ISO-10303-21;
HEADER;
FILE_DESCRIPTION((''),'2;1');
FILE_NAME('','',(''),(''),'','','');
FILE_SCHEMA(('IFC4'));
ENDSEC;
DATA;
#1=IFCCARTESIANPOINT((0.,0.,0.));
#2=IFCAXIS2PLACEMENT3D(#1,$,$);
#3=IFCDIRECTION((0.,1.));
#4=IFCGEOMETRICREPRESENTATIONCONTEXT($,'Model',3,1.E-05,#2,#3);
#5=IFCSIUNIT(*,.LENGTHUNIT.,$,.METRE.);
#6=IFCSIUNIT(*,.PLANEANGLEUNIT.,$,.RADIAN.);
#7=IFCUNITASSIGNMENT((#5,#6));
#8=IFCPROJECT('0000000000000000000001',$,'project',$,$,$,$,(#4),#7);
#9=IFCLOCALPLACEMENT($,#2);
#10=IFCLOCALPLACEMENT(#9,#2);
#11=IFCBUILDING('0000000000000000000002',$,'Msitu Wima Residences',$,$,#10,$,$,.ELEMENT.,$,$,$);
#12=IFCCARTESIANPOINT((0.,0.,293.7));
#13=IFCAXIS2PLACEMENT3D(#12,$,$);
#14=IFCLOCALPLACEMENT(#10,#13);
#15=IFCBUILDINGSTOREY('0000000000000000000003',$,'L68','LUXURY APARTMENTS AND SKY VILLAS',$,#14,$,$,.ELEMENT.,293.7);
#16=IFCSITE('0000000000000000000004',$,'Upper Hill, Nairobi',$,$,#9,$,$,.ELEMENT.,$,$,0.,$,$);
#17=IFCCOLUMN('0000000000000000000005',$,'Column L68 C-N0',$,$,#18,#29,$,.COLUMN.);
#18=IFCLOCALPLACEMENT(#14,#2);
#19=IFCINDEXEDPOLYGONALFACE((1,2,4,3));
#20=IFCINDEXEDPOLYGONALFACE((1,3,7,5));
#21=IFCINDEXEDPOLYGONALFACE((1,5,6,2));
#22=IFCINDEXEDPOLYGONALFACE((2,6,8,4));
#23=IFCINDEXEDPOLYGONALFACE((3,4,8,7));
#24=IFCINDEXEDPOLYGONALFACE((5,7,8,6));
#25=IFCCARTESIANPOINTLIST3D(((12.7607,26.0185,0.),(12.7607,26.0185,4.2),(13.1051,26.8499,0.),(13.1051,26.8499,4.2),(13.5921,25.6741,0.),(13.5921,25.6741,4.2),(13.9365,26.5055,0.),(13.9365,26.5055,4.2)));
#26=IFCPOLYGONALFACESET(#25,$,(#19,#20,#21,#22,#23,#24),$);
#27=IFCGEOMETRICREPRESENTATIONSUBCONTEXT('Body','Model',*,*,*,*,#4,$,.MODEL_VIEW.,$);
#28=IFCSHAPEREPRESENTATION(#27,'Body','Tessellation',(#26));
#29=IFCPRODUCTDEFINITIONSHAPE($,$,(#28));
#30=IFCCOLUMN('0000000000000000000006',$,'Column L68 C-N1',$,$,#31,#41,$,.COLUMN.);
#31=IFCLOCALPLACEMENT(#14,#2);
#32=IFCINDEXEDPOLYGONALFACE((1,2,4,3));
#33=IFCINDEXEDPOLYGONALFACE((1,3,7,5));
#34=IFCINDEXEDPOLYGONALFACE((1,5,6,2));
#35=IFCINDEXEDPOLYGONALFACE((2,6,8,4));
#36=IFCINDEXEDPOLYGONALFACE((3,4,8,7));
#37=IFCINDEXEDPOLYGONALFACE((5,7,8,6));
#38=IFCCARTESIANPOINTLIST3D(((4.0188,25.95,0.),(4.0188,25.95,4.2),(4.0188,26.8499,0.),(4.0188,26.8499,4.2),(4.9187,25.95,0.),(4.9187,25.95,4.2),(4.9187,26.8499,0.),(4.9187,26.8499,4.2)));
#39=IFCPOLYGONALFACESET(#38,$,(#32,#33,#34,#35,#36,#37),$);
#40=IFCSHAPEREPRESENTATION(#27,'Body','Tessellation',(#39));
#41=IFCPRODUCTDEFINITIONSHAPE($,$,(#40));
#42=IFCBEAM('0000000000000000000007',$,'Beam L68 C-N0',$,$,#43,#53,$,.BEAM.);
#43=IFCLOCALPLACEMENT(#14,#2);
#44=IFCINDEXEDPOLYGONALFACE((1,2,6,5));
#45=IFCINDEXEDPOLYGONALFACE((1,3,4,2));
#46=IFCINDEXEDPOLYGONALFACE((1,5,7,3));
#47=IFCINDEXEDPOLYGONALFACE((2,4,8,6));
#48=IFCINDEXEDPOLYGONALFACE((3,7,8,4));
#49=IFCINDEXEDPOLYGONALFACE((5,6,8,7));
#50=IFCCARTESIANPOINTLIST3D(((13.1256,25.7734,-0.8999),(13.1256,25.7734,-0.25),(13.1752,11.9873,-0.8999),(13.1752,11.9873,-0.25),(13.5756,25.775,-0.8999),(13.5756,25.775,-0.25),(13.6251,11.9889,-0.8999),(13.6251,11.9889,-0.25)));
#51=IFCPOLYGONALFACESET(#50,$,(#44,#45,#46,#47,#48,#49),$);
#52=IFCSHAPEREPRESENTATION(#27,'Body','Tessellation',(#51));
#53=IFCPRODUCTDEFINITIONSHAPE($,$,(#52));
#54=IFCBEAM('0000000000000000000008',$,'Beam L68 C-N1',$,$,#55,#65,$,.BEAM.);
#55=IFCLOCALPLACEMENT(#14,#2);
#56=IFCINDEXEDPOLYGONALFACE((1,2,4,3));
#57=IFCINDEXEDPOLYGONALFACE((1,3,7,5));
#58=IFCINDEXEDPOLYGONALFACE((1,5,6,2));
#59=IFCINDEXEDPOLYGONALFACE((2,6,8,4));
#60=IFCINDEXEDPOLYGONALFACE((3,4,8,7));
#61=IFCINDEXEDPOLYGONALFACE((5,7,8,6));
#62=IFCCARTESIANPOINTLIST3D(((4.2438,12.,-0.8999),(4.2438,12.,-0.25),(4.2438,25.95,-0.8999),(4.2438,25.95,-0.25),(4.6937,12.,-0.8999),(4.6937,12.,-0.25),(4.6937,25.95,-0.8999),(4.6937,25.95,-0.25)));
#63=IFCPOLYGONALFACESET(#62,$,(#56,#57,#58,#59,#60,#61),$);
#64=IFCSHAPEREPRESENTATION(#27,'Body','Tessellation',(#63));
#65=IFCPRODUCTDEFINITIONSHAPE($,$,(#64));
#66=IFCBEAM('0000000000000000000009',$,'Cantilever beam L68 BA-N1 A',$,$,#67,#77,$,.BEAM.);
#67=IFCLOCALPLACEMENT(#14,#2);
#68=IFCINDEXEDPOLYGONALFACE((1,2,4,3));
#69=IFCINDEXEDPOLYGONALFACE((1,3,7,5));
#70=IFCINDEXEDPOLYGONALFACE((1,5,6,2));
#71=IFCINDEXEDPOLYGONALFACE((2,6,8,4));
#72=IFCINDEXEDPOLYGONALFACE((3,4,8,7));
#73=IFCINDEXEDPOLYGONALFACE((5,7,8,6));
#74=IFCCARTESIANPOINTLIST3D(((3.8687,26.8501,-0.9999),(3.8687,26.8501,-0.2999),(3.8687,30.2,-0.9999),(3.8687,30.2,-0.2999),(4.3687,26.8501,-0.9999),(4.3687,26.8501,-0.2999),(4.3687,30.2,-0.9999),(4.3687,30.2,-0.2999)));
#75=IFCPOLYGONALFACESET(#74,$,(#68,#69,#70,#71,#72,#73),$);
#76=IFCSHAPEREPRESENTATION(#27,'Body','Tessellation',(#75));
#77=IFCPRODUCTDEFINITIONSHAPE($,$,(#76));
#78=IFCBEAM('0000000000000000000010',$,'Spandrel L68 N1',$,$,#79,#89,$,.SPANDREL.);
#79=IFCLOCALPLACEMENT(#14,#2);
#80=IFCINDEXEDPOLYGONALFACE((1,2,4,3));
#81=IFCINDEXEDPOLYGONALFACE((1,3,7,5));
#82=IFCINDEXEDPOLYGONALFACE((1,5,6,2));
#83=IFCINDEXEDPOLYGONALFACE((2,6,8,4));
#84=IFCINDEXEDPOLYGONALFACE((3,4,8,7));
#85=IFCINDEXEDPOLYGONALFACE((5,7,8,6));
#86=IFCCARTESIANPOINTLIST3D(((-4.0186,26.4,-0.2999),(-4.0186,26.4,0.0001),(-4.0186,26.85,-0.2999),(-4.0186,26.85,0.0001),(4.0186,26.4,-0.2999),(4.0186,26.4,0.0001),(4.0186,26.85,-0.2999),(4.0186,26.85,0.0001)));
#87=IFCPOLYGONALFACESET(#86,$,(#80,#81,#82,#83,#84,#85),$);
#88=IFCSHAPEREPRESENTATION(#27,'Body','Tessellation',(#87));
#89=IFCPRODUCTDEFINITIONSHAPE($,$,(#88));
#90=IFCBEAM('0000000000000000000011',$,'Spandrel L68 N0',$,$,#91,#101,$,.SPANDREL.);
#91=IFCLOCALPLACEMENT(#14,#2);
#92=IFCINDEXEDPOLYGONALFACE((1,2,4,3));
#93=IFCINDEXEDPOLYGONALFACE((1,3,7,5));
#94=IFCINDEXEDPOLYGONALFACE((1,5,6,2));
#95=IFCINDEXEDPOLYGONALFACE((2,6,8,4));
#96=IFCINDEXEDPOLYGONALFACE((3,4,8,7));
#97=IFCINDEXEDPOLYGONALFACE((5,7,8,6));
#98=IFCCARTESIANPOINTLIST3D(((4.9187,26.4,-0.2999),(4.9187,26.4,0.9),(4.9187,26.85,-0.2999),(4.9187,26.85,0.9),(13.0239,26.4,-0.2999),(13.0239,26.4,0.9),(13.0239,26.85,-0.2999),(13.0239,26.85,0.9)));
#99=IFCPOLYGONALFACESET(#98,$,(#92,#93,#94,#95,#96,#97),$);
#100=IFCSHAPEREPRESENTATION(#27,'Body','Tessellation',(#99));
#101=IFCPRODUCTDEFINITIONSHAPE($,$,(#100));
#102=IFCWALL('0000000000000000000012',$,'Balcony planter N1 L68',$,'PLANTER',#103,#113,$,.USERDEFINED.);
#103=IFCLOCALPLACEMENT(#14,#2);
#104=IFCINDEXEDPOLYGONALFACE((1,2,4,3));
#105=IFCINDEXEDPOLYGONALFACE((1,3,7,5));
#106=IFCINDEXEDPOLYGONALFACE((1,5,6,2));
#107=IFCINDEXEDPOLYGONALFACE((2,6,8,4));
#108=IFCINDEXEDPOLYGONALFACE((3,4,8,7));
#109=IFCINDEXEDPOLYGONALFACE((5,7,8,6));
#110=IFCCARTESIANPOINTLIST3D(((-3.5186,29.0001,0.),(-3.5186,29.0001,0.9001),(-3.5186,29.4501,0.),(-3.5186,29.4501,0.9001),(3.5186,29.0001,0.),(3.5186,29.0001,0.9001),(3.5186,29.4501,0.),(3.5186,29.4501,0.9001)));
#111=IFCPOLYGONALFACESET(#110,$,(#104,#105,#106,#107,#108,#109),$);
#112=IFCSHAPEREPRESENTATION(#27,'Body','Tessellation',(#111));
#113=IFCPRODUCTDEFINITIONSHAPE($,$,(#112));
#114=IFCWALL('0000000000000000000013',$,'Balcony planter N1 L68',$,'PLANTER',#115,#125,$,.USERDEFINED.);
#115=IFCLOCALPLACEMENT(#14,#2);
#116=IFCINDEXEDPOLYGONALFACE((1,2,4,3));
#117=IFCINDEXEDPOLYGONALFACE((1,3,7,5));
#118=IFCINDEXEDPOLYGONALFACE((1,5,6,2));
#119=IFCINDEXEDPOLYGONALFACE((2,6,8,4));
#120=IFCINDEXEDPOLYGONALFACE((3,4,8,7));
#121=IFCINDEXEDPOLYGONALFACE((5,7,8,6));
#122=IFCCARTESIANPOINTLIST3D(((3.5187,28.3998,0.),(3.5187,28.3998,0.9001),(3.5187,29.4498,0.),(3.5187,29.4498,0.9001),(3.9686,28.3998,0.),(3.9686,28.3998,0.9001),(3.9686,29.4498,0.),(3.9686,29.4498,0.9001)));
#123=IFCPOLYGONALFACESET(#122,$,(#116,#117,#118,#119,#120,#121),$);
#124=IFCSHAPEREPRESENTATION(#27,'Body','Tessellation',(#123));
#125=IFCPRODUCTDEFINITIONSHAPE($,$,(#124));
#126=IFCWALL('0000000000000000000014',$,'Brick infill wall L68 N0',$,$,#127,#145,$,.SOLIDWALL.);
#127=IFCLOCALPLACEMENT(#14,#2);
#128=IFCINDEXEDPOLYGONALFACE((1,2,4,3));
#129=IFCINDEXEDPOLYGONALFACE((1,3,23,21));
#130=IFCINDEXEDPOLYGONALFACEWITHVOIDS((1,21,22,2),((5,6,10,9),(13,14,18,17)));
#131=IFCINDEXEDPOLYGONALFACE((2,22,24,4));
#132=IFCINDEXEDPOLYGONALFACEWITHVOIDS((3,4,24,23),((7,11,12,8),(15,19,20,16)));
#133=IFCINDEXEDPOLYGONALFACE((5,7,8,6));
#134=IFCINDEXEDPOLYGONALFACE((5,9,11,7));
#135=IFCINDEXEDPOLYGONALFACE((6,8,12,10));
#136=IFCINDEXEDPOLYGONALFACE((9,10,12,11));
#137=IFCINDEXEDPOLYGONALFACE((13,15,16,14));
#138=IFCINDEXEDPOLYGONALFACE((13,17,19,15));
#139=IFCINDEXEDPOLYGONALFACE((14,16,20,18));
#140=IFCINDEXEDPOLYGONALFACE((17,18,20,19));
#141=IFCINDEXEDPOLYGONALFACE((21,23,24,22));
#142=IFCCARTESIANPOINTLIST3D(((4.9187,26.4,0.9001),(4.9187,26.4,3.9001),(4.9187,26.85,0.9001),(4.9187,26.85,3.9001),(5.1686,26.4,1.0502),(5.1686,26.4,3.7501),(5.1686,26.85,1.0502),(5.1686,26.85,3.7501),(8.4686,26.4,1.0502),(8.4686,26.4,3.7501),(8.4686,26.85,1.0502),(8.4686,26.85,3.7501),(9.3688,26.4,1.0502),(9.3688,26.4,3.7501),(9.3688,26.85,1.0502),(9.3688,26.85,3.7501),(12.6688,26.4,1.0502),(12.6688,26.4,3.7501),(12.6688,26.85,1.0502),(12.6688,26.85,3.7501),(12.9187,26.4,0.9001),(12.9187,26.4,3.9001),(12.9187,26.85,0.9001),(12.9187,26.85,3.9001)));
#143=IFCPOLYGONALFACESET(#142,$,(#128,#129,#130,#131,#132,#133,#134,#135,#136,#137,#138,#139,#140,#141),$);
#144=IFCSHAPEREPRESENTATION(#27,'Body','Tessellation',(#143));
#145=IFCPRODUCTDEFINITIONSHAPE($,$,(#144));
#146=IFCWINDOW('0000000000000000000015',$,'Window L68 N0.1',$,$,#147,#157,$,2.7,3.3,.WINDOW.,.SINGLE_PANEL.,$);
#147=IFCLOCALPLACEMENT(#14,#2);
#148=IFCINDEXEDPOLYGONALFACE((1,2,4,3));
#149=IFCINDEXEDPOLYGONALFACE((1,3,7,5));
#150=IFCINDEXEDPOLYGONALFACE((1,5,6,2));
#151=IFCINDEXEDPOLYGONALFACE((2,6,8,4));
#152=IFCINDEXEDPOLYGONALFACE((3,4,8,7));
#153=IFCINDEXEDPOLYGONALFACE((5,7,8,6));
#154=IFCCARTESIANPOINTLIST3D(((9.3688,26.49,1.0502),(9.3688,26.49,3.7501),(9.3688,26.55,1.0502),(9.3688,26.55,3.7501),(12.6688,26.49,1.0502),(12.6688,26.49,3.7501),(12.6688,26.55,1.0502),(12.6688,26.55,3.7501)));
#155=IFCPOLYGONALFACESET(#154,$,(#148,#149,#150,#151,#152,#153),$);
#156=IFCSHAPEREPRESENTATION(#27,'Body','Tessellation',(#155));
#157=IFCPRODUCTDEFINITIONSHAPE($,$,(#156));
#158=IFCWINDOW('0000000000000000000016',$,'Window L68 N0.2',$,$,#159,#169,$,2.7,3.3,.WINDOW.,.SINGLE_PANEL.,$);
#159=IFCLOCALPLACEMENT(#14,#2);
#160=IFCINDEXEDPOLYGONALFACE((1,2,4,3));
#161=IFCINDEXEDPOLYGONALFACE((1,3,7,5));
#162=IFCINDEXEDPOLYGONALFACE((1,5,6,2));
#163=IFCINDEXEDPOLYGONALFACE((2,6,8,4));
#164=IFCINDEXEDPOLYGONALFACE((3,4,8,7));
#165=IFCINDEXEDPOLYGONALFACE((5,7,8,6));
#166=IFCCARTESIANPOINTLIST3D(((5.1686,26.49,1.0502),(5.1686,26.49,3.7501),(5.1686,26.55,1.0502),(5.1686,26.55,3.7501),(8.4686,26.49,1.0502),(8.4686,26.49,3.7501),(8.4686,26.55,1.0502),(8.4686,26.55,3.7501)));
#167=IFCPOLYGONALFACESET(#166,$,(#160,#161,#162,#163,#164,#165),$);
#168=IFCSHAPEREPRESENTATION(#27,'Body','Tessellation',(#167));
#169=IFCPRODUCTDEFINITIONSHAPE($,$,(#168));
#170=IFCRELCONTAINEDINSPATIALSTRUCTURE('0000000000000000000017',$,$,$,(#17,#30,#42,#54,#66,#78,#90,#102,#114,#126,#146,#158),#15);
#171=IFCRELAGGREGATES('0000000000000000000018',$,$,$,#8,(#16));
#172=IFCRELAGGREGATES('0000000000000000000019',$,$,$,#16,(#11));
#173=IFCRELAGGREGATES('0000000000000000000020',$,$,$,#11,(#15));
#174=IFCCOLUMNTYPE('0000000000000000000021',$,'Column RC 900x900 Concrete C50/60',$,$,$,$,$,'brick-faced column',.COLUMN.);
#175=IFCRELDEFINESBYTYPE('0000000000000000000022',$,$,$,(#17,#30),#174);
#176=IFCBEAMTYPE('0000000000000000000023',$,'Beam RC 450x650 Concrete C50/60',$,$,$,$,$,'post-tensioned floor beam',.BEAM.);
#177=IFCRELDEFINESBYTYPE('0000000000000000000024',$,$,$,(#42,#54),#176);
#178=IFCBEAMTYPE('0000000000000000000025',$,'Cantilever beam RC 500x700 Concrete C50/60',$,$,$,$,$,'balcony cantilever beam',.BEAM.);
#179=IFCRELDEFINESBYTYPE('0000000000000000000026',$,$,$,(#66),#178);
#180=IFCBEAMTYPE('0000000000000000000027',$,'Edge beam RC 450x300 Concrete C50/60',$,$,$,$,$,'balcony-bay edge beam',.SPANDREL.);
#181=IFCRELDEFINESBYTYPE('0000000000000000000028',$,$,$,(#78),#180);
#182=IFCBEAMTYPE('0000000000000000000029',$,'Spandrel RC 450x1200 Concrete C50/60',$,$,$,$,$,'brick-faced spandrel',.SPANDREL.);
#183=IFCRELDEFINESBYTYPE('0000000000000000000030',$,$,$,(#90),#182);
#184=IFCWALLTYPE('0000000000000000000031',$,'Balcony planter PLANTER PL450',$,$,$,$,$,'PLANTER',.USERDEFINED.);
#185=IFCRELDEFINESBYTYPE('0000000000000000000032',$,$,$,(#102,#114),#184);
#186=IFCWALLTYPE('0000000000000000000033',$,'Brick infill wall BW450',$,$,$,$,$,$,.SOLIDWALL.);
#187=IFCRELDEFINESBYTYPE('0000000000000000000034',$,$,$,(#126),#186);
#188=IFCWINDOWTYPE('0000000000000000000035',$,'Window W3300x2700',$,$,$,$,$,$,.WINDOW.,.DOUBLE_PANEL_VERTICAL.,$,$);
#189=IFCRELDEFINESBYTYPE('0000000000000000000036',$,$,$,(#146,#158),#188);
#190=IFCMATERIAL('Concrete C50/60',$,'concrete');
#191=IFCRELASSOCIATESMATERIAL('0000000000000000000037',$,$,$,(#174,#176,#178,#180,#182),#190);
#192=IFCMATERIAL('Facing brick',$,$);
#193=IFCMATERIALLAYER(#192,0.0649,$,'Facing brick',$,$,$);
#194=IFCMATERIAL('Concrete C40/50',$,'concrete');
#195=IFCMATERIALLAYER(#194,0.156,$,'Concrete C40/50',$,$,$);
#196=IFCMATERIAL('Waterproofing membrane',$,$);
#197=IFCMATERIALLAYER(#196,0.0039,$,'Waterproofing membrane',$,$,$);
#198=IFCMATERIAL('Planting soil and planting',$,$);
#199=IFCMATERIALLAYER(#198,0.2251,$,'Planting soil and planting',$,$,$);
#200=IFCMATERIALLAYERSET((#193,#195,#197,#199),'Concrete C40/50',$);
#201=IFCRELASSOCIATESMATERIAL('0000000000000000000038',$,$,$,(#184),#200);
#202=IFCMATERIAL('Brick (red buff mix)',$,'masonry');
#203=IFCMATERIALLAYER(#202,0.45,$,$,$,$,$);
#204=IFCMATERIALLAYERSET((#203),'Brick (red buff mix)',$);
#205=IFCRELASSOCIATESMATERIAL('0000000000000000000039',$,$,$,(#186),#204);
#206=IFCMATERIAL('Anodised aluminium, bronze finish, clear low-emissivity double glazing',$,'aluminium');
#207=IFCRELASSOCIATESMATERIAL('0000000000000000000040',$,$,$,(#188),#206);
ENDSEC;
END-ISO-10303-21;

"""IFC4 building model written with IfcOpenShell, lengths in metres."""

from ifc_helpers import new_model, si_unit, direction, frame, frame_2d, origin, origin_2d, place, context, subcontext, project, spatial, rectangle, extrude, material, layer, layer_set, material_profile, profile_set, type_object, element, fill, save


model = new_model("IFC4")

# Units and contexts
model_context = context("Model", 3, precision=1e-05, world=origin(), true_north=direction((0.0, 1.0)))
body_context = subcontext(model_context, "Body", "Model", "MODEL_VIEW")
ifc_project = project(units=[si_unit("LENGTHUNIT", "METRE"), si_unit("PLANEANGLEUNIT", "RADIAN")], contexts=[model_context])

# Site, building, storey
site_placement = place(None, origin())
site = spatial("IfcSite", under=ifc_project, at=site_placement, Name="Upper Hill, Nairobi", CompositionType="ELEMENT", RefElevation=0.0)
building_placement = place(site_placement, origin())
building = spatial("IfcBuilding", under=site, at=building_placement, Name="Msitu Wima Residences", CompositionType="ELEMENT")
storey_placement = place(building_placement, frame((0.0, 0.0, 293.7)))
storey = spatial("IfcBuildingStorey", under=building, at=storey_placement, Name="L68", Description="LUXURY APARTMENTS AND SKY VILLAS", CompositionType="ELEMENT", Elevation=293.7)

# Columns
ifc_material_1 = material(Name="Concrete C50/60", Category="concrete")
ifc_material_profile_1 = material_profile(ifc_material_1, rectangle(XDim=0.8999, YDim=0.8999, at=origin_2d()), Name="RC 900x900")
ifc_profile_set_1 = profile_set([ifc_material_profile_1], Name="Concrete C50/60")
column_type = type_object("IfcColumnType", Name="Column RC 900x900 Concrete C50/60", ElementType="brick-faced column", PredefinedType="COLUMN", material=ifc_profile_set_1)
for number, where, z_axis, x_axis, name in (
    (1, (13.3486, 26.262, 0.0), (0.0, 0.0, 1.0), (-0.92388, 0.382683, 0.0), "Column L68 C-N0"),
    (2, (4.4688, 26.3999, 0.0), (0.0, 0.0, 1.0), (-1.0, 0.0, 0.0), "Column L68 C-N1"),
):
    element("IfcColumn", number, at=place(storey_placement, frame(where, z_axis=z_axis, x_axis=x_axis)), inside=storey, type_object=column_type, Name=name, PredefinedType="COLUMN", context=body_context, shape_type="SweptSolid", body=[
        extrude(rectangle(XDim=0.8999, YDim=0.8999, at=origin_2d()), origin(), (0.0, 0.0, 1.0), 4.2),
    ])

# Beams
ifc_material_profile_2 = material_profile(ifc_material_1, rectangle(XDim=0.45, YDim=0.6499, at=origin_2d()), Name="RC 450x650")
ifc_profile_set_2 = profile_set([ifc_material_profile_2], Name="Concrete C50/60")
beam_type_1 = type_object("IfcBeamType", Name="Beam RC 450x650 Concrete C50/60", ElementType="post-tensioned floor beam", PredefinedType="BEAM", material=ifc_profile_set_2)
beam_1_placement = place(storey_placement, frame((13.3506, 25.7742, -0.575), z_axis=(0.003595, -0.999994, 0.0), x_axis=(0.999994, 0.003595, 0.0)))
element("IfcBeam", 3, at=beam_1_placement, inside=storey, type_object=beam_type_1, Name="Beam L68 C-N0", PredefinedType="BEAM", context=body_context, shape_type="SweptSolid", body=[
    extrude(rectangle(XDim=0.45, YDim=0.6499, at=origin_2d()), origin(), (0.0, 0.0, 1.0), 13.7861),
])
beam_2_placement = place(storey_placement, frame((4.4688, 25.95, -0.575), z_axis=(0.0, -1.0, 0.0), x_axis=(1.0, 0.0, 0.0)))
element("IfcBeam", 4, at=beam_2_placement, inside=storey, type_object=beam_type_1, Name="Beam L68 C-N1", PredefinedType="BEAM", context=body_context, shape_type="SweptSolid", body=[
    extrude(rectangle(XDim=0.45, YDim=0.6499, at=origin_2d()), origin(), (0.0, 0.0, 1.0), 13.95),
])
ifc_material_profile_3 = material_profile(ifc_material_1, rectangle(XDim=0.5, YDim=0.7, at=origin_2d()), Name="RC 500x700")
ifc_profile_set_3 = profile_set([ifc_material_profile_3], Name="Concrete C50/60")
beam_type_2 = type_object("IfcBeamType", Name="Cantilever beam RC 500x700 Concrete C50/60", ElementType="balcony cantilever beam", PredefinedType="BEAM", material=ifc_profile_set_3)
beam_3_placement = place(storey_placement, frame((4.1187, 26.8501, -0.6499), z_axis=(0.0, 1.0, 0.0), x_axis=(-1.0, 0.0, 0.0)))
element("IfcBeam", 5, at=beam_3_placement, inside=storey, type_object=beam_type_2, Name="Cantilever beam L68 BA-N1 A", PredefinedType="BEAM", context=body_context, shape_type="SweptSolid", body=[
    extrude(rectangle(XDim=0.5, YDim=0.7, at=origin_2d()), origin(), (0.0, 0.0, 1.0), 3.3499),
])
ifc_material_profile_4 = material_profile(ifc_material_1, rectangle(XDim=0.45, YDim=0.3, at=origin_2d()), Name="RC 450x300")
ifc_profile_set_4 = profile_set([ifc_material_profile_4], Name="Concrete C50/60")
beam_type_3 = type_object("IfcBeamType", Name="Edge beam RC 450x300 Concrete C50/60", ElementType="balcony-bay edge beam", PredefinedType="SPANDREL", material=ifc_profile_set_4)
beam_4_placement = place(storey_placement, frame((4.0186, 26.625, -0.1499), z_axis=(-1.0, 0.0, 0.0), x_axis=(0.0, -1.0, 0.0)))
element("IfcBeam", 6, at=beam_4_placement, inside=storey, type_object=beam_type_3, Name="Spandrel L68 N1", PredefinedType="SPANDREL", context=body_context, shape_type="SweptSolid", body=[
    extrude(rectangle(XDim=0.45, YDim=0.3, at=origin_2d()), origin(), (0.0, 0.0, 1.0), 8.0371),
])
ifc_material_profile_5 = material_profile(ifc_material_1, rectangle(XDim=0.45, YDim=1.2, at=origin_2d()), Name="RC 450x1200")
ifc_profile_set_5 = profile_set([ifc_material_profile_5], Name="Concrete C50/60")
beam_type_4 = type_object("IfcBeamType", Name="Spandrel RC 450x1200 Concrete C50/60", ElementType="brick-faced spandrel", PredefinedType="SPANDREL", material=ifc_profile_set_5)
beam_5_placement = place(storey_placement, frame((13.0239, 26.625, 0.3), z_axis=(-1.0, 0.0, 0.0), x_axis=(0.0, -1.0, 0.0)))
element("IfcBeam", 7, at=beam_5_placement, inside=storey, type_object=beam_type_4, Name="Spandrel L68 N0", PredefinedType="SPANDREL", context=body_context, shape_type="SweptSolid", body=[
    extrude(rectangle(XDim=0.45, YDim=1.2, at=origin_2d()), origin(), (0.0, 0.0, 1.0), 8.1052),
])

# Walls
ifc_material_2 = material(Name="Facing brick")
ifc_layer_1 = layer(ifc_material_2, 0.0649, Name="Facing brick")
ifc_material_3 = material(Name="Concrete C40/50", Category="concrete")
ifc_layer_2 = layer(ifc_material_3, 0.156, Name="Concrete C40/50")
ifc_material_4 = material(Name="Waterproofing membrane")
ifc_layer_3 = layer(ifc_material_4, 0.0039, Name="Waterproofing membrane")
ifc_material_5 = material(Name="Planting soil and planting")
ifc_layer_4 = layer(ifc_material_5, 0.2251, Name="Planting soil and planting")
ifc_layer_set_1 = layer_set([ifc_layer_1, ifc_layer_2, ifc_layer_3, ifc_layer_4], Name="Concrete C40/50")
wall_type_1 = type_object("IfcWallType", Name="Balcony planter PLANTER PL450", ElementType="PLANTER", PredefinedType="USERDEFINED", material=ifc_layer_set_1)
wall_1_placement = place(storey_placement, frame((3.5186, 29.2251, 0.0), z_axis=(0.0, 0.0, 1.0), x_axis=(-1.0, 0.0, 0.0)))
element("IfcWall", 8, at=wall_1_placement, inside=storey, type_object=wall_type_1, Name="Balcony planter N1 L68", ObjectType="PLANTER", PredefinedType="USERDEFINED", context=body_context, shape_type="SweptSolid", body=[
    extrude(rectangle(XDim=7.0371, YDim=0.45, at=frame_2d((3.5186, 0.0))), origin(), (0.0, 0.0, 1.0), 0.9001),
])
wall_2_placement = place(storey_placement, frame((3.7437, 28.3999, 0.0), z_axis=(0.0, 0.0, 1.0), x_axis=(0.0, 1.0, 0.0)))
element("IfcWall", 9, at=wall_2_placement, inside=storey, type_object=wall_type_1, Name="Balcony planter N1 L68", ObjectType="PLANTER", PredefinedType="USERDEFINED", context=body_context, shape_type="SweptSolid", body=[
    extrude(rectangle(XDim=1.05, YDim=0.45, at=frame_2d((0.5249, 0.0))), origin(), (0.0, 0.0, 1.0), 0.9001),
])

# Wall, openings, windows
ifc_material_6 = material(Name="Brick (red buff mix)", Category="masonry")
ifc_layer_5 = layer(ifc_material_6, 0.45)
ifc_layer_set_2 = layer_set([ifc_layer_5], Name="Brick (red buff mix)")
wall_type_2 = type_object("IfcWallType", Name="Brick infill wall BW450", PredefinedType="SOLIDWALL", material=ifc_layer_set_2)
wall_3_placement = place(storey_placement, frame((12.9187, 26.625, 0.9001), z_axis=(0.0, 0.0, 1.0), x_axis=(-1.0, 0.0, 0.0)))
wall_3 = element("IfcWall", 10, at=wall_3_placement, inside=storey, type_object=wall_type_2, Name="Brick infill wall L68 N0", PredefinedType="SOLIDWALL", context=body_context, shape_type="SweptSolid", body=[
    extrude(rectangle(XDim=8.0, YDim=0.45, at=frame_2d((4.0, 0.0))), origin(), (0.0, 0.0, 1.0), 3.0),
])
opening_1_placement = place(wall_3_placement, frame((0.25, 0.0, 0.1499)))
opening_1 = element("IfcOpeningElement", 11, at=opening_1_placement, cuts=wall_3, PredefinedType="OPENING", context=body_context, shape_type="SweptSolid", body=[
    extrude(rectangle(XDim=3.3, YDim=2.7, at=frame_2d((1.6499, 1.3501))), frame((0.0, 0.2349, 0.0), z_axis=(0.0, -1.0, 0.0), x_axis=(1.0, 0.0, 0.0)), (0.0, 0.0, 1.0), 0.47),
])
opening_2_placement = place(wall_3_placement, frame((4.4502, 0.0, 0.1499)))
opening_2 = element("IfcOpeningElement", 12, at=opening_2_placement, cuts=wall_3, PredefinedType="OPENING", context=body_context, shape_type="SweptSolid", body=[
    extrude(rectangle(XDim=3.3, YDim=2.7, at=frame_2d((1.6499, 1.3501))), frame((0.0, 0.2349, 0.0), z_axis=(0.0, -1.0, 0.0), x_axis=(1.0, 0.0, 0.0)), (0.0, 0.0, 1.0), 0.47),
])
ifc_material_7 = material(Name="Anodised aluminium, bronze finish, clear low-emissivity double glazing", Category="aluminium")
window_type = type_object("IfcWindowType", Name="Window W3300x2700", PartitioningType="DOUBLE_PANEL_VERTICAL", PredefinedType="WINDOW", material=ifc_material_7)
window_1_placement = place(opening_1_placement, origin())
window_1 = element("IfcWindow", 13, at=window_1_placement, inside=storey, type_object=window_type, Name="Window L68 N0.1", OverallHeight=2.7, OverallWidth=3.3, PartitioningType="SINGLE_PANEL", PredefinedType="WINDOW", context=body_context, shape_type="SweptSolid", body=[
    extrude(rectangle(XDim=3.3, YDim=2.7, at=frame_2d((1.6499, 1.3501))), frame((0.0, 0.135, 0.0), z_axis=(0.0, -1.0, 0.0), x_axis=(1.0, 0.0, 0.0)), (0.0, 0.0, 1.0), 0.0601),
])
fill(opening_1, window_1)
window_2_placement = place(opening_2_placement, origin())
window_2 = element("IfcWindow", 14, at=window_2_placement, inside=storey, type_object=window_type, Name="Window L68 N0.2", OverallHeight=2.7, OverallWidth=3.3, PartitioningType="SINGLE_PANEL", PredefinedType="WINDOW", context=body_context, shape_type="SweptSolid", body=[
    extrude(rectangle(XDim=3.3, YDim=2.7, at=frame_2d((1.6499, 1.3501))), frame((0.0, 0.135, 0.0), z_axis=(0.0, -1.0, 0.0), x_axis=(1.0, 0.0, 0.0)), (0.0, 0.0, 1.0), 0.0601),
])
fill(opening_2, window_2)

save(model, "model.ifc")
